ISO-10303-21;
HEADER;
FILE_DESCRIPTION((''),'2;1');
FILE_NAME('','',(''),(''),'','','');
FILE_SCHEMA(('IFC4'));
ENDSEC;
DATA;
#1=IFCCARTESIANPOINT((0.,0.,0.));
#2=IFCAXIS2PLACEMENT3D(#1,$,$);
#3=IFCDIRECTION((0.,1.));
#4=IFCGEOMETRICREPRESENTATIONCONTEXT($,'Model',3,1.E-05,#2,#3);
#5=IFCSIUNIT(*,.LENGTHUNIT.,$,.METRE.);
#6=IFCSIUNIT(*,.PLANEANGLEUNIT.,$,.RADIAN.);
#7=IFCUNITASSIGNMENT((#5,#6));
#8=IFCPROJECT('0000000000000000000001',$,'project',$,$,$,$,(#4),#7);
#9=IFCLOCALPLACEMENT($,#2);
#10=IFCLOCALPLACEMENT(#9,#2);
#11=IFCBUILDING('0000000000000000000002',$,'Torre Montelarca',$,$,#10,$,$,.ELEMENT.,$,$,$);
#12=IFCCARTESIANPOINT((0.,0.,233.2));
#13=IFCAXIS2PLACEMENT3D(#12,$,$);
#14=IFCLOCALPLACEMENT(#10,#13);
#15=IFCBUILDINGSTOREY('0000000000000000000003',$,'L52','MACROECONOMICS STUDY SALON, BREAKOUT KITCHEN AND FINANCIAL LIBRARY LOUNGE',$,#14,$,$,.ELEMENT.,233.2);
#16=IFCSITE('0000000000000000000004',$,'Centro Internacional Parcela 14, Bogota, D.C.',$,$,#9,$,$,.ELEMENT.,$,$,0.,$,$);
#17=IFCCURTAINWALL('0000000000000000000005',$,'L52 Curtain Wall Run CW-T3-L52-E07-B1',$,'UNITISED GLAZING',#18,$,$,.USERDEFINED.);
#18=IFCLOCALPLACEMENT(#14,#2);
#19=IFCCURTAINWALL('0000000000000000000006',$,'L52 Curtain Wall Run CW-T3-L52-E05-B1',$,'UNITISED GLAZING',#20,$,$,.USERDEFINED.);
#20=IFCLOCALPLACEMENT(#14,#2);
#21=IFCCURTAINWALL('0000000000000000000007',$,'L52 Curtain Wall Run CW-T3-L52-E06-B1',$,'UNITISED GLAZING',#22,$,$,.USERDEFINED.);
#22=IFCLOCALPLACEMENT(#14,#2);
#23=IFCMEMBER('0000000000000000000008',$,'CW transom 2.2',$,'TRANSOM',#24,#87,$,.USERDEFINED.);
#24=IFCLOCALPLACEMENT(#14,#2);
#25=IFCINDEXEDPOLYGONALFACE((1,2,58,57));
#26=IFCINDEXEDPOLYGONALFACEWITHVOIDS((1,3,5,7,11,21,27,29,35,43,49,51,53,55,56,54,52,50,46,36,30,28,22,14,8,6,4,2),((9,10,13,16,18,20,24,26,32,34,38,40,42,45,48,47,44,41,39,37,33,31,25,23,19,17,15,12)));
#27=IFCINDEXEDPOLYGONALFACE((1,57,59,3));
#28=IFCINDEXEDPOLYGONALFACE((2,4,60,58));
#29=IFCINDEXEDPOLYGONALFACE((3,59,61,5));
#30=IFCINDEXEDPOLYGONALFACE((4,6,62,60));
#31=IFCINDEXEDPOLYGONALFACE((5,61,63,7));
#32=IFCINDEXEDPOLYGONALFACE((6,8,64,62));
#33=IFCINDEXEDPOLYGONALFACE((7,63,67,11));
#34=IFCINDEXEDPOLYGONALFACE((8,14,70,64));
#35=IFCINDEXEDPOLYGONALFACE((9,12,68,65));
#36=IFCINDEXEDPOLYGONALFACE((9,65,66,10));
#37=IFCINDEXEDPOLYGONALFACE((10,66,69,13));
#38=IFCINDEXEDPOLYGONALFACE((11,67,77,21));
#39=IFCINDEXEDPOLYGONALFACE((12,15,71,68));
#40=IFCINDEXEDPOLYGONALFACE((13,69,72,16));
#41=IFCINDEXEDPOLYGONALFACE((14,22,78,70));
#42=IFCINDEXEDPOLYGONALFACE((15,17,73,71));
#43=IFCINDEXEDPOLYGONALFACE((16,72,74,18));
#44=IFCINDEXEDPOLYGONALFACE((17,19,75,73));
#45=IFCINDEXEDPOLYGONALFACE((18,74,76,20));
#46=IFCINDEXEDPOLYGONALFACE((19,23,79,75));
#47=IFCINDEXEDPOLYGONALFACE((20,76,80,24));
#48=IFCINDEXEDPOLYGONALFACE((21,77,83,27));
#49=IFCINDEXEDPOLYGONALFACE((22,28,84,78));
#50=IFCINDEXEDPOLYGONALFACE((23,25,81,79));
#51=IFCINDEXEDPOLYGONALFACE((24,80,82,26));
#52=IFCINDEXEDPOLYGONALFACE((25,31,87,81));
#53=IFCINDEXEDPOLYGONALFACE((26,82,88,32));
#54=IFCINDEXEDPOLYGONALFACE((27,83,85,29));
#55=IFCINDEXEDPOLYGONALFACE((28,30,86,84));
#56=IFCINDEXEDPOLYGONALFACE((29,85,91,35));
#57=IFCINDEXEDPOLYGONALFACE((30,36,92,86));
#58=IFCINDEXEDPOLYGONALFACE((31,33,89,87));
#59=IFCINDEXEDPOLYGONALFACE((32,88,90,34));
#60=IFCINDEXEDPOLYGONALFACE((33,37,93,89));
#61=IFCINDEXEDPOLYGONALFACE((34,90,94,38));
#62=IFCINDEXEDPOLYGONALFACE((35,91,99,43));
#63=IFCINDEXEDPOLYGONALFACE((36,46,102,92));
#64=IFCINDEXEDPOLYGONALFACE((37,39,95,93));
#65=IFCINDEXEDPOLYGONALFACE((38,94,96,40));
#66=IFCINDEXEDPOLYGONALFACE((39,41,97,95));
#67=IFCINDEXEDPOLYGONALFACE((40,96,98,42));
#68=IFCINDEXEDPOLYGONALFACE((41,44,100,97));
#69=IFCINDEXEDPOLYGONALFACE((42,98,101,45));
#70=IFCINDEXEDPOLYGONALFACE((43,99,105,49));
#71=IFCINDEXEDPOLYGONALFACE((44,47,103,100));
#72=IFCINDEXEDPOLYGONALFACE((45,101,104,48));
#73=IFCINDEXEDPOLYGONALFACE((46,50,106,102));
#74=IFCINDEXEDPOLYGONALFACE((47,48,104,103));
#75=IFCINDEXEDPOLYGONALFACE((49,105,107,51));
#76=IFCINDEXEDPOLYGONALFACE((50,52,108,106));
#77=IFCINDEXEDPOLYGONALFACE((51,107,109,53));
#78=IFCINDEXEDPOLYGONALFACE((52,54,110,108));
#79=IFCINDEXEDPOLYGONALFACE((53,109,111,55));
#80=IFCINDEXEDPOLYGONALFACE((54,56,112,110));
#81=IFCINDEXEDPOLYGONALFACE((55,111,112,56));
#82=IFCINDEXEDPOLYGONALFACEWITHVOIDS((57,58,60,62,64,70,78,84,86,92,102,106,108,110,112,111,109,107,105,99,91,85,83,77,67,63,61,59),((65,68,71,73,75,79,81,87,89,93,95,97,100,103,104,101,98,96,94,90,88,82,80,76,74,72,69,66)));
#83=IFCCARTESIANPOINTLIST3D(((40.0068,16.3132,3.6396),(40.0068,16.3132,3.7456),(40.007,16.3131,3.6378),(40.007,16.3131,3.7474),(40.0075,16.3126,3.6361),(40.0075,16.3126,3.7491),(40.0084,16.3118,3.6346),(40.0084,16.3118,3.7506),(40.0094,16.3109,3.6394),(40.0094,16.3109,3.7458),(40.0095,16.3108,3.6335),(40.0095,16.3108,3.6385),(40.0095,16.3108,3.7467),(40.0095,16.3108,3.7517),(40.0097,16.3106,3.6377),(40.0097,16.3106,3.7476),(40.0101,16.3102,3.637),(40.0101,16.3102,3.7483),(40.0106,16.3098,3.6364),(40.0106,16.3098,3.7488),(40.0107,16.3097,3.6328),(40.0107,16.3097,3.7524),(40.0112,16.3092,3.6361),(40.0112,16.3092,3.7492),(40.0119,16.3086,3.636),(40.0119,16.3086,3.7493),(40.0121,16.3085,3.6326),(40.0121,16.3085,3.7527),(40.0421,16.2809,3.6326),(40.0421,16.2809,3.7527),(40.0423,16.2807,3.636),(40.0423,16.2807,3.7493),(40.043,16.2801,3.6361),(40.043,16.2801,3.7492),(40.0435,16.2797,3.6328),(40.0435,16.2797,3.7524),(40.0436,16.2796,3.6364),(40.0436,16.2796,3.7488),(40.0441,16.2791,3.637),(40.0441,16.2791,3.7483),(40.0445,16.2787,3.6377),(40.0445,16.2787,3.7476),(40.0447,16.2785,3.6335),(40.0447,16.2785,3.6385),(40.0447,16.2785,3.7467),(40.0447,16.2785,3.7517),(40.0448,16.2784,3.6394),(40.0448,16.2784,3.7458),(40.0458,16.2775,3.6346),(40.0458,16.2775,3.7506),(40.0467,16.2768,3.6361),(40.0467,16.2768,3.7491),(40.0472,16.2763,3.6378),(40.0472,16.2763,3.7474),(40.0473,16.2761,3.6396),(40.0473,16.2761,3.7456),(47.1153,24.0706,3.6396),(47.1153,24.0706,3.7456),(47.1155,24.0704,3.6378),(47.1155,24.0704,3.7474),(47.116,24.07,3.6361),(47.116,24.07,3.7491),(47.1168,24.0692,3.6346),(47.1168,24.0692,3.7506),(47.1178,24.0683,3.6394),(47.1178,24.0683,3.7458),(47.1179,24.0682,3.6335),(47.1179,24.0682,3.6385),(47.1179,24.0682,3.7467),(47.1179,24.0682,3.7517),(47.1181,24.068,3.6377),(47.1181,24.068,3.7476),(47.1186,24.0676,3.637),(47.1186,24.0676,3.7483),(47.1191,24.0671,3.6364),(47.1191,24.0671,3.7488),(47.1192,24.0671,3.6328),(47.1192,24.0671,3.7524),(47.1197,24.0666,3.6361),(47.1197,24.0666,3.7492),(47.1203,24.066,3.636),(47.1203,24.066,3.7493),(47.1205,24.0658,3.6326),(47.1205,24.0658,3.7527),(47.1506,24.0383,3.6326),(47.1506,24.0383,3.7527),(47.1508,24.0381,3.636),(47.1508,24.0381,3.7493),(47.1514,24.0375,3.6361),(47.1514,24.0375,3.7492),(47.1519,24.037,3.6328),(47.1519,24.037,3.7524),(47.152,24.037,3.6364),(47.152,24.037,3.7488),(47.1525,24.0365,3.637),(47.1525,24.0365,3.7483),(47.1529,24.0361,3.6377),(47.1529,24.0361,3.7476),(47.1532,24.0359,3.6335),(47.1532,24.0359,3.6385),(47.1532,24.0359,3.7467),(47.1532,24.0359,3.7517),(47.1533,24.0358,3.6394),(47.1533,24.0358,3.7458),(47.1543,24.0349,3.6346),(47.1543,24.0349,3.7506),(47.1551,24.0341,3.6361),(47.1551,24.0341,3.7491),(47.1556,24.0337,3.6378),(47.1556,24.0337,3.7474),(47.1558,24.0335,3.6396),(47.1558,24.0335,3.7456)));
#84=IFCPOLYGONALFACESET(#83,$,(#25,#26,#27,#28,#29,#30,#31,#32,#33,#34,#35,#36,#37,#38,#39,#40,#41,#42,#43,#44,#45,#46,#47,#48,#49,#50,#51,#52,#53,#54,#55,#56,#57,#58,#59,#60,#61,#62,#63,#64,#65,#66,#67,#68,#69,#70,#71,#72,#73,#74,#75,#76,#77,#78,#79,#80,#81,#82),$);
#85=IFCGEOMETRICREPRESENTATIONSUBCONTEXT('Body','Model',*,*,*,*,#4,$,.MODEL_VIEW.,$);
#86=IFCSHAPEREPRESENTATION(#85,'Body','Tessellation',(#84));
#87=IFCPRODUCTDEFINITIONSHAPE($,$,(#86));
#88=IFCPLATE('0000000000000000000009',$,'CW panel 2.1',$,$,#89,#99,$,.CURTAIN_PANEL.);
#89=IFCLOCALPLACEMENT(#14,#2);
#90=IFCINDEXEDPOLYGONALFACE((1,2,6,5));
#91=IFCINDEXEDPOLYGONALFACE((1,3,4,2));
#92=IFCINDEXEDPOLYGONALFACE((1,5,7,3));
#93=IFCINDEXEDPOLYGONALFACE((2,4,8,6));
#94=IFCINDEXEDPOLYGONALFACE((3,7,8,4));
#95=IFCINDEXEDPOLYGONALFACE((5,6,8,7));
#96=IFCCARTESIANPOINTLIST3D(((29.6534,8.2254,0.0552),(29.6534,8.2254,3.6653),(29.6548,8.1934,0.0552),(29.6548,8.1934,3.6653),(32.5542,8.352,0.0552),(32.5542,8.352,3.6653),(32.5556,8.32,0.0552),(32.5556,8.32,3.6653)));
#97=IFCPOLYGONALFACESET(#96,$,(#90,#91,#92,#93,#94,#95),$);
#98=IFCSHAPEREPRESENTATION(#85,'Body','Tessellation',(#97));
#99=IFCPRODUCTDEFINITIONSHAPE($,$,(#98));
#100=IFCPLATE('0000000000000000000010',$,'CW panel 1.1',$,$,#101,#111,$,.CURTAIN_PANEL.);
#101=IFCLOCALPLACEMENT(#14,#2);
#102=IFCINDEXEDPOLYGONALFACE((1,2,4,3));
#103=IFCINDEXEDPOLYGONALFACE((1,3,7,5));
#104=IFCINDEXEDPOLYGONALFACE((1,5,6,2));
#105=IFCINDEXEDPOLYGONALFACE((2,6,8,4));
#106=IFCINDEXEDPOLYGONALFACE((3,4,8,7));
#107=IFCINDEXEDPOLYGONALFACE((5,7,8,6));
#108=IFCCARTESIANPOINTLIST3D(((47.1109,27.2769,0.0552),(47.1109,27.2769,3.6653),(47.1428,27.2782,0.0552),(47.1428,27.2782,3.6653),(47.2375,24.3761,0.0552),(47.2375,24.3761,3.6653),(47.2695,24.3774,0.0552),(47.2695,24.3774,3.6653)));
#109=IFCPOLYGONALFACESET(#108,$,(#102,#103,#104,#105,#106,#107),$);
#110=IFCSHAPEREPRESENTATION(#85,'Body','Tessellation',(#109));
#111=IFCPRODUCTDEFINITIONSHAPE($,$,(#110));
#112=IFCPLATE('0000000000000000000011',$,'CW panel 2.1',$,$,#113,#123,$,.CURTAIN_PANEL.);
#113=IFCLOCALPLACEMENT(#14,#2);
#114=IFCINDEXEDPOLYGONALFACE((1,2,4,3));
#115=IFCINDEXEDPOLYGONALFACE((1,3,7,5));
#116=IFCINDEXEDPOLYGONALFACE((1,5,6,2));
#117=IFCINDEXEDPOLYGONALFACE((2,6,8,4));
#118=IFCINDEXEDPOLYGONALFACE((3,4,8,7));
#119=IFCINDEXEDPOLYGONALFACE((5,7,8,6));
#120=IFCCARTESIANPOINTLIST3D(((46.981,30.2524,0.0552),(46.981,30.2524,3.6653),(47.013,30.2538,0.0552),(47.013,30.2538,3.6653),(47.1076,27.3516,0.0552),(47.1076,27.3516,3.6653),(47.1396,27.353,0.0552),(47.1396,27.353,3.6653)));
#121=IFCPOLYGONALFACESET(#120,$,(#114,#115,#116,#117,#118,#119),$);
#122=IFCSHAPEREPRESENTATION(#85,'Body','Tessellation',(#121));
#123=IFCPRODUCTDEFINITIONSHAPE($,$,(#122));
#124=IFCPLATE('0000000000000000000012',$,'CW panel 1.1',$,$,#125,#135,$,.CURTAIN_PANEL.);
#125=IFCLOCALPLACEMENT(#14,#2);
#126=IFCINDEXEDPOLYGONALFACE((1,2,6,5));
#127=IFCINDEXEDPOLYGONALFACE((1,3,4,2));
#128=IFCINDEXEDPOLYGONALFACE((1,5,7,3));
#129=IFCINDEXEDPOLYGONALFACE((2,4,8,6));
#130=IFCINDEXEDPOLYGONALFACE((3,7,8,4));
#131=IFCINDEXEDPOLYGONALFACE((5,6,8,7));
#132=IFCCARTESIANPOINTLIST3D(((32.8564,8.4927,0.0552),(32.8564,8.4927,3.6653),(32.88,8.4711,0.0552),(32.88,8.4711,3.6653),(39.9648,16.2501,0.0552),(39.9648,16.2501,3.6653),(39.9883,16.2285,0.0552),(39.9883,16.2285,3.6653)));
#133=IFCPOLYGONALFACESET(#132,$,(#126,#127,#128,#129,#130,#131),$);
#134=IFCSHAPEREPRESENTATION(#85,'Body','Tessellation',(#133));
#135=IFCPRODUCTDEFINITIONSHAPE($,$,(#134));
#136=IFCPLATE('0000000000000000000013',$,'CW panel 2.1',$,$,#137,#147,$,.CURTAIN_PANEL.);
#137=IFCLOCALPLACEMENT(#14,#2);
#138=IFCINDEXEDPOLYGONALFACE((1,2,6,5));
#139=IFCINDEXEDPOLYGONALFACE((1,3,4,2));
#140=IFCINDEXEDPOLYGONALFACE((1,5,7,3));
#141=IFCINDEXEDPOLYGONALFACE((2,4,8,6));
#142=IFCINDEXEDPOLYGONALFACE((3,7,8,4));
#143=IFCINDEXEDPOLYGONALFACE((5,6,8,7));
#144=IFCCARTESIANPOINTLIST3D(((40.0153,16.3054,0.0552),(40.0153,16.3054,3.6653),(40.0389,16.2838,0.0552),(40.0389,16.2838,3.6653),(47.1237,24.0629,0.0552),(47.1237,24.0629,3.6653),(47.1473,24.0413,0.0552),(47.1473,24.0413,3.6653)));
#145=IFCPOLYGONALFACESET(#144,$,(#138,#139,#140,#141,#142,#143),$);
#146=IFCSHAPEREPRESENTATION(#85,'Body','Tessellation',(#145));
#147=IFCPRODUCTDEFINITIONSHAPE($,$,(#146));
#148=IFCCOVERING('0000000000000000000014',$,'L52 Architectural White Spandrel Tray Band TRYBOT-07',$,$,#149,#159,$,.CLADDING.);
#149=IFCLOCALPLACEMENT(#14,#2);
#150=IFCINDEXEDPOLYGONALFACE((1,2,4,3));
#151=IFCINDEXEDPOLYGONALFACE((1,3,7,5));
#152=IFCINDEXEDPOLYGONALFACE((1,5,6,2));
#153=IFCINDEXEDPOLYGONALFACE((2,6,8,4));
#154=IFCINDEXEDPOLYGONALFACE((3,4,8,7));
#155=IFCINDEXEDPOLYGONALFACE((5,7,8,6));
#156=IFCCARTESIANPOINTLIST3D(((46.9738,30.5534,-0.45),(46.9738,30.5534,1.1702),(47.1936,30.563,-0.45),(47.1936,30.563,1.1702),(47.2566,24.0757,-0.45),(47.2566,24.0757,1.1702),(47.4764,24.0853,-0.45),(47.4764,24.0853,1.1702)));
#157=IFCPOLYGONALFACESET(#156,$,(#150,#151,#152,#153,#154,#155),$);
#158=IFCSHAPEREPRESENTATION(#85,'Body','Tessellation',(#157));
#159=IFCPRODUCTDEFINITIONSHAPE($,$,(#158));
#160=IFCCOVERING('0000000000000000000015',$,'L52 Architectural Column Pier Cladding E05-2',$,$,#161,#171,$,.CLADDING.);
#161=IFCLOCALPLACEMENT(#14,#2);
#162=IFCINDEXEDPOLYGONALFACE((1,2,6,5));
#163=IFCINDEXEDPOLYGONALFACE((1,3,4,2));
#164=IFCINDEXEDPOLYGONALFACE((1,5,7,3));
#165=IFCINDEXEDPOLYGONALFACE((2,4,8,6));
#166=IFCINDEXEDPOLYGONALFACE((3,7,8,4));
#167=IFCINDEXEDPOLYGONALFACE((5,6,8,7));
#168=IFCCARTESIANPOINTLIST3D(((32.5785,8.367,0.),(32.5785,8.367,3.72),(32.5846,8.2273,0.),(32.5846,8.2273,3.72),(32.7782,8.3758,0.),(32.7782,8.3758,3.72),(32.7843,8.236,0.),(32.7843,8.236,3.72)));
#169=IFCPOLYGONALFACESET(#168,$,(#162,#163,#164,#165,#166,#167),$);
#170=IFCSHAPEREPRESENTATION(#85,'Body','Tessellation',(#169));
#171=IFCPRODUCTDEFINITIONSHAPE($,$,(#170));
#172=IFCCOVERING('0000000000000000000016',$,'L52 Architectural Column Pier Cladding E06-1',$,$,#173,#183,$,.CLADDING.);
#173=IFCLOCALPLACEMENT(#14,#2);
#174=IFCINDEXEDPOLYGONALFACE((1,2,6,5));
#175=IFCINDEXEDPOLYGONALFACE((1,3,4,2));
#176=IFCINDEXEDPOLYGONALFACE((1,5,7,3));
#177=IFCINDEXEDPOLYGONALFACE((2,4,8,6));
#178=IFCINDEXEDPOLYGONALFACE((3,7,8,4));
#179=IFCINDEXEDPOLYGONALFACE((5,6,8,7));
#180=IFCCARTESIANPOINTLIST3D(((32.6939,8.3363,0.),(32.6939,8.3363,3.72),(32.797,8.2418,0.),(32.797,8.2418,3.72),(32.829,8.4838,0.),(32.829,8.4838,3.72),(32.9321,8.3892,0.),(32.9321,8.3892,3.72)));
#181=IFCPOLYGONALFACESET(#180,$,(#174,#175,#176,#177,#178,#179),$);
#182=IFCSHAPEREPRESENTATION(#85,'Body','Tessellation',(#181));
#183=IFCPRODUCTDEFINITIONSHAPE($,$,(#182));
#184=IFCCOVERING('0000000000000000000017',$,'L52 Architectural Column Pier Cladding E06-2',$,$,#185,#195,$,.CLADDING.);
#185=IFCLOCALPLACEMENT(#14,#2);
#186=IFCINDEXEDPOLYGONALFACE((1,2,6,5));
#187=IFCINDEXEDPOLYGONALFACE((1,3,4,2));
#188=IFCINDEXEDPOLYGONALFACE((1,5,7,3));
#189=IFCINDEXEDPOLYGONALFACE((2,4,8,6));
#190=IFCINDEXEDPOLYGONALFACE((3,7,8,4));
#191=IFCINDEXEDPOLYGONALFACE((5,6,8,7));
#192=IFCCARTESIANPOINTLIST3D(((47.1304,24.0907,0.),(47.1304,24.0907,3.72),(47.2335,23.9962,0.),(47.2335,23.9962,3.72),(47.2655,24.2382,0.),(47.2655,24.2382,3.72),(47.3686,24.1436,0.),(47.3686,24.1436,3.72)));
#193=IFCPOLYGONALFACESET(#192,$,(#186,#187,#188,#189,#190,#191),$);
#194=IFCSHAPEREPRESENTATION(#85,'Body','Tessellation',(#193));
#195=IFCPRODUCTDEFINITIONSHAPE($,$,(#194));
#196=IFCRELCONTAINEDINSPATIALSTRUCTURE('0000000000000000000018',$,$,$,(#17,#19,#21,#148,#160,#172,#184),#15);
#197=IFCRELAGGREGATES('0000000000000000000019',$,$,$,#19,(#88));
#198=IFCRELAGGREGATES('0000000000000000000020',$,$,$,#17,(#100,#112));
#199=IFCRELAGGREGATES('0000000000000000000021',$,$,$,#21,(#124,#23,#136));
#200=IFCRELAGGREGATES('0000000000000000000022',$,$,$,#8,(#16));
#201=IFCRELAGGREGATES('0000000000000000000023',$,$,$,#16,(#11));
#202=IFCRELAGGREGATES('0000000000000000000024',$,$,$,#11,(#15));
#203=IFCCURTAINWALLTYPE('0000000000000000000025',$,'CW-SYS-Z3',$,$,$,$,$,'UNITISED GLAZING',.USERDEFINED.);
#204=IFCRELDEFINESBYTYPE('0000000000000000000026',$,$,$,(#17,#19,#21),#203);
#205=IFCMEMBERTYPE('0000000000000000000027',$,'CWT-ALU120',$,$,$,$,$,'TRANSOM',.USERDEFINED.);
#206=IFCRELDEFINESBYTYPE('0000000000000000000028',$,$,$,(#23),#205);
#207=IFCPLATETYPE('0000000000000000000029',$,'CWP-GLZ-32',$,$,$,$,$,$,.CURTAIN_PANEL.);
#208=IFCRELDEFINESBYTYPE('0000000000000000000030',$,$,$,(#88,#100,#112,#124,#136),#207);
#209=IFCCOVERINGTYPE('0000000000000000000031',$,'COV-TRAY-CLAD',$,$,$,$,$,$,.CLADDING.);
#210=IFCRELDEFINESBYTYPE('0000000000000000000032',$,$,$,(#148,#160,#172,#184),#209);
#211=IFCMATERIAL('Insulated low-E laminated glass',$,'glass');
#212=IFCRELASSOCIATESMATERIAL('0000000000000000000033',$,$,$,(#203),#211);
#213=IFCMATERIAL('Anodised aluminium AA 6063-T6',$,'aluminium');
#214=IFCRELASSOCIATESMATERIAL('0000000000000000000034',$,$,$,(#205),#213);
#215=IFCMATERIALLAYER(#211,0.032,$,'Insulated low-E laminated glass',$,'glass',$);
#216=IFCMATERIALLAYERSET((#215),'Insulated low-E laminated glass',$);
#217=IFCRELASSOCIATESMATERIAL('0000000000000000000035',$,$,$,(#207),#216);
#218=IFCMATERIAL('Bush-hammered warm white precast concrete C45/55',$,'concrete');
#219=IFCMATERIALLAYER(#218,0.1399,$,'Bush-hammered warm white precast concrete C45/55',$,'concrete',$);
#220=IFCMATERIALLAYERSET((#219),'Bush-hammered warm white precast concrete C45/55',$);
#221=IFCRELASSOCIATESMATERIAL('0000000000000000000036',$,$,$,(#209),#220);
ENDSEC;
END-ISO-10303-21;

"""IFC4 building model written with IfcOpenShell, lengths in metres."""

from ifc_helpers import new_model, si_unit, direction, frame, origin, origin_2d, place, context, subcontext, project, spatial, rectangle, hollow_rectangle, extrude, source, transform, mapped, material, layer, layer_set, material_profile, profile_set, type_object, element, aggregate, save


model = new_model("IFC4")

# Units and contexts
model_context = context("Model", 3, precision=1e-05, world=origin(), true_north=direction((0.0, 1.0)))
body_context = subcontext(model_context, "Body", "Model", "MODEL_VIEW")
ifc_project = project(units=[si_unit("LENGTHUNIT", "METRE"), si_unit("PLANEANGLEUNIT", "RADIAN")], contexts=[model_context])

# Site, building, storey
site_placement = place(None, origin())
site = spatial("IfcSite", under=ifc_project, at=site_placement, Name="Centro Internacional Parcela 14, Bogota, D.C.", CompositionType="ELEMENT", RefElevation=0.0)
building_placement = place(site_placement, origin())
building = spatial("IfcBuilding", under=site, at=building_placement, Name="Torre Montelarca", CompositionType="ELEMENT")
storey_placement = place(building_placement, frame((0.0, 0.0, 233.2)))
storey = spatial("IfcBuildingStorey", under=building, at=storey_placement, Name="L52", Description="MACROECONOMICS STUDY SALON, BREAKOUT KITCHEN AND FINANCIAL LIBRARY LOUNGE", CompositionType="ELEMENT", Elevation=233.2)

# Curtain wall
ifc_material_1 = material(Name="Insulated low-E laminated glass", Category="glass")
curtain_wall_type = type_object("IfcCurtainWallType", Name="CW-SYS-Z3", ElementType="UNITISED GLAZING", PredefinedType="USERDEFINED", material=ifc_material_1)
curtain_wall_1_placement = place(storey_placement, origin())
curtain_wall_1 = element("IfcCurtainWall", 1, at=curtain_wall_1_placement, inside=storey, type_object=curtain_wall_type, Name="L52 Curtain Wall Run CW-T3-L52-E07-B1", ObjectType="UNITISED GLAZING", PredefinedType="USERDEFINED")
ifc_material_2 = material(Name="Anodised aluminium AA 6063-T6", Category="aluminium")
ifc_material_profile_1 = material_profile(ifc_material_2, hollow_rectangle(XDim=0.0549, YDim=0.1201, WallThickness=0.0034, InnerFilletRadius=0.0034, OuterFilletRadius=0.0071, at=origin_2d()), Name="ALU55X120X3.5", Category="aluminium")
ifc_profile_set_1 = profile_set([ifc_material_profile_1], Name="Anodised aluminium AA 6063-T6")
member_type_1 = type_object("IfcMemberType", Name="CWT-ALU120", ElementType="TRANSOM", PredefinedType="USERDEFINED", material=ifc_profile_set_1)

# Curtain wall
curtain_wall_2_placement = place(storey_placement, origin())
curtain_wall_2 = element("IfcCurtainWall", 2, at=curtain_wall_2_placement, inside=storey, type_object=curtain_wall_type, Name="L52 Curtain Wall Run CW-T3-L52-E05-B1", ObjectType="UNITISED GLAZING", PredefinedType="USERDEFINED")

# Curtain wall
curtain_wall_3_placement = place(storey_placement, origin())
curtain_wall_3 = element("IfcCurtainWall", 3, at=curtain_wall_3_placement, inside=storey, type_object=curtain_wall_type, Name="L52 Curtain Wall Run CW-T3-L52-E06-B1", ObjectType="UNITISED GLAZING", PredefinedType="USERDEFINED")

# Member
shared_shape_1 = source(origin(), body_context, "Body", "SweptSolid", [
    extrude(hollow_rectangle(XDim=0.0549, YDim=0.1201, WallThickness=0.0034, InnerFilletRadius=0.0034, OuterFilletRadius=0.0071, at=origin_2d()), origin(), (0.0, 0.0, 1.0), 10.5217),
])
member_1_placement = place(storey_placement, frame((40.0271, 16.2947, 3.6926), z_axis=(0.675596, 0.737272, 0.0), x_axis=(-0.737272, 0.675596, 0.0)))
member_1 = element("IfcMember", 4, at=member_1_placement, type_object=member_type_1, Name="CW transom 2.2", ObjectType="TRANSOM", PredefinedType="USERDEFINED", context=body_context, shape_type="MappedRepresentation", body=[
    mapped(shared_shape_1, transform((0.0, 0.0, 0.0), scale=1.0)),
])

# Plates
ifc_layer_1 = layer(ifc_material_1, 0.032, Name="Insulated low-E laminated glass", Category="glass")
ifc_layer_set_1 = layer_set([ifc_layer_1], Name="Insulated low-E laminated glass")
plate_type = type_object("IfcPlateType", Name="CWP-GLZ-32", PredefinedType="CURTAIN_PANEL", material=ifc_layer_set_1)
shared_shape_2 = source(origin(), body_context, "Body", "SweptSolid", [
    extrude(rectangle(XDim=2.9036, YDim=0.032, at=origin_2d()), origin(), (0.0, 0.0, 1.0), 3.6101),
])
plate_1_placement = place(storey_placement, frame((31.1045, 8.2727, 0.0552), z_axis=(0.0, 0.0, 1.0), x_axis=(0.999048, 0.043616, 0.0)))
plate_1 = element("IfcPlate", 5, at=plate_1_placement, type_object=plate_type, Name="CW panel 2.1", PredefinedType="CURTAIN_PANEL", context=body_context, shape_type="MappedRepresentation", body=[
    mapped(shared_shape_2, transform((0.0, 0.0, 0.0), scale=1.0)),
])
aggregate(curtain_wall_2, [plate_1])
plate_2_placement = place(storey_placement, frame((47.1902, 25.8271, 0.0552), z_axis=(0.0, 0.0, 1.0), x_axis=(-0.043616, 0.999048, 0.0)))
plate_2 = element("IfcPlate", 6, at=plate_2_placement, type_object=plate_type, Name="CW panel 1.1", PredefinedType="CURTAIN_PANEL", context=body_context, shape_type="MappedRepresentation", body=[
    mapped(shared_shape_2, transform((0.0, 0.0, 0.0), scale=1.0)),
])
plate_3_placement = place(storey_placement, frame((47.0603, 28.8027, 0.0552), z_axis=(0.0, 0.0, 1.0), x_axis=(-0.043616, 0.999048, 0.0)))
plate_3 = element("IfcPlate", 7, at=plate_3_placement, type_object=plate_type, Name="CW panel 2.1", PredefinedType="CURTAIN_PANEL", context=body_context, shape_type="MappedRepresentation", body=[
    mapped(shared_shape_2, transform((0.0, 0.0, 0.0), scale=1.0)),
])
aggregate(curtain_wall_1, [plate_2, plate_3])
shared_shape_3 = source(origin(), body_context, "Body", "SweptSolid", [
    extrude(rectangle(XDim=10.5217, YDim=0.032, at=origin_2d()), origin(), (0.0, 0.0, 1.0), 3.6101),
])
plate_4_placement = place(storey_placement, frame((36.4224, 12.3606, 0.0552), z_axis=(0.0, 0.0, 1.0), x_axis=(0.67559, 0.737278, 0.0)))
plate_4 = element("IfcPlate", 8, at=plate_4_placement, type_object=plate_type, Name="CW panel 1.1", PredefinedType="CURTAIN_PANEL", context=body_context, shape_type="MappedRepresentation", body=[
    mapped(shared_shape_3, transform((0.0, 0.0, 0.0), scale=1.0)),
])
plate_5_placement = place(storey_placement, frame((43.5813, 20.1733, 0.0552), z_axis=(0.0, 0.0, 1.0), x_axis=(0.67559, 0.737278, 0.0)))
plate_5 = element("IfcPlate", 9, at=plate_5_placement, type_object=plate_type, Name="CW panel 2.1", PredefinedType="CURTAIN_PANEL", context=body_context, shape_type="MappedRepresentation", body=[
    mapped(shared_shape_3, transform((0.0, 0.0, 0.0), scale=1.0)),
])
aggregate(curtain_wall_3, [plate_4, member_1, plate_5])

# Coverings
ifc_material_3 = material(Name="Bush-hammered warm white precast concrete C45/55", Category="concrete")
ifc_layer_2 = layer(ifc_material_3, 0.1399, Name="Bush-hammered warm white precast concrete C45/55", Category="concrete")
ifc_layer_set_2 = layer_set([ifc_layer_2], Name="Bush-hammered warm white precast concrete C45/55")
covering_type = type_object("IfcCoveringType", Name="COV-TRAY-CLAD", PredefinedType="CLADDING", material=ifc_layer_set_2)
shared_shape_4 = source(origin(), body_context, "Body", "SweptSolid", [
    extrude(rectangle(XDim=6.4839, YDim=0.22, at=origin_2d()), origin(), (0.0, 0.0, 1.0), 1.6201),
])
covering_1_placement = place(storey_placement, frame((47.2251, 27.3193, -0.45), z_axis=(0.0, 0.0, 1.0), x_axis=(-0.043621, 0.999048, 0.0)))
element("IfcCovering", 10, at=covering_1_placement, inside=storey, type_object=covering_type, Name="L52 Architectural White Spandrel Tray Band TRYBOT-07", PredefinedType="CLADDING", context=body_context, shape_type="MappedRepresentation", body=[
    mapped(shared_shape_4, transform((0.0, 0.0, 0.0), scale=1.0)),
])
shared_shape_5 = source(origin(), body_context, "Body", "SweptSolid", [
    extrude(rectangle(XDim=0.2, YDim=0.1399, at=origin_2d()), origin(), (0.0, 0.0, 1.0), 3.72),
])
for number, where, z_axis, x_axis, name in (
    (11, (32.6814, 8.3015, 0.0), (0.0, 0.0, 1.0), (0.999048, 0.043628, 0.0), "L52 Architectural Column Pier Cladding E05-2"),
    (12, (32.813, 8.3628, 0.0), (0.0, 0.0, 1.0), (0.675593, 0.737275, 0.0), "L52 Architectural Column Pier Cladding E06-1"),
    (13, (47.2495, 24.1172, 0.0), (0.0, 0.0, 1.0), (0.675593, 0.737275, 0.0), "L52 Architectural Column Pier Cladding E06-2"),
):
    element("IfcCovering", number, at=place(storey_placement, frame(where, z_axis=z_axis, x_axis=x_axis)), inside=storey, type_object=covering_type, Name=name, PredefinedType="CLADDING", context=body_context, shape_type="MappedRepresentation", body=[
        mapped(shared_shape_5, transform((0.0, 0.0, 0.0), scale=1.0)),
    ])

save(model, "model.ifc")
